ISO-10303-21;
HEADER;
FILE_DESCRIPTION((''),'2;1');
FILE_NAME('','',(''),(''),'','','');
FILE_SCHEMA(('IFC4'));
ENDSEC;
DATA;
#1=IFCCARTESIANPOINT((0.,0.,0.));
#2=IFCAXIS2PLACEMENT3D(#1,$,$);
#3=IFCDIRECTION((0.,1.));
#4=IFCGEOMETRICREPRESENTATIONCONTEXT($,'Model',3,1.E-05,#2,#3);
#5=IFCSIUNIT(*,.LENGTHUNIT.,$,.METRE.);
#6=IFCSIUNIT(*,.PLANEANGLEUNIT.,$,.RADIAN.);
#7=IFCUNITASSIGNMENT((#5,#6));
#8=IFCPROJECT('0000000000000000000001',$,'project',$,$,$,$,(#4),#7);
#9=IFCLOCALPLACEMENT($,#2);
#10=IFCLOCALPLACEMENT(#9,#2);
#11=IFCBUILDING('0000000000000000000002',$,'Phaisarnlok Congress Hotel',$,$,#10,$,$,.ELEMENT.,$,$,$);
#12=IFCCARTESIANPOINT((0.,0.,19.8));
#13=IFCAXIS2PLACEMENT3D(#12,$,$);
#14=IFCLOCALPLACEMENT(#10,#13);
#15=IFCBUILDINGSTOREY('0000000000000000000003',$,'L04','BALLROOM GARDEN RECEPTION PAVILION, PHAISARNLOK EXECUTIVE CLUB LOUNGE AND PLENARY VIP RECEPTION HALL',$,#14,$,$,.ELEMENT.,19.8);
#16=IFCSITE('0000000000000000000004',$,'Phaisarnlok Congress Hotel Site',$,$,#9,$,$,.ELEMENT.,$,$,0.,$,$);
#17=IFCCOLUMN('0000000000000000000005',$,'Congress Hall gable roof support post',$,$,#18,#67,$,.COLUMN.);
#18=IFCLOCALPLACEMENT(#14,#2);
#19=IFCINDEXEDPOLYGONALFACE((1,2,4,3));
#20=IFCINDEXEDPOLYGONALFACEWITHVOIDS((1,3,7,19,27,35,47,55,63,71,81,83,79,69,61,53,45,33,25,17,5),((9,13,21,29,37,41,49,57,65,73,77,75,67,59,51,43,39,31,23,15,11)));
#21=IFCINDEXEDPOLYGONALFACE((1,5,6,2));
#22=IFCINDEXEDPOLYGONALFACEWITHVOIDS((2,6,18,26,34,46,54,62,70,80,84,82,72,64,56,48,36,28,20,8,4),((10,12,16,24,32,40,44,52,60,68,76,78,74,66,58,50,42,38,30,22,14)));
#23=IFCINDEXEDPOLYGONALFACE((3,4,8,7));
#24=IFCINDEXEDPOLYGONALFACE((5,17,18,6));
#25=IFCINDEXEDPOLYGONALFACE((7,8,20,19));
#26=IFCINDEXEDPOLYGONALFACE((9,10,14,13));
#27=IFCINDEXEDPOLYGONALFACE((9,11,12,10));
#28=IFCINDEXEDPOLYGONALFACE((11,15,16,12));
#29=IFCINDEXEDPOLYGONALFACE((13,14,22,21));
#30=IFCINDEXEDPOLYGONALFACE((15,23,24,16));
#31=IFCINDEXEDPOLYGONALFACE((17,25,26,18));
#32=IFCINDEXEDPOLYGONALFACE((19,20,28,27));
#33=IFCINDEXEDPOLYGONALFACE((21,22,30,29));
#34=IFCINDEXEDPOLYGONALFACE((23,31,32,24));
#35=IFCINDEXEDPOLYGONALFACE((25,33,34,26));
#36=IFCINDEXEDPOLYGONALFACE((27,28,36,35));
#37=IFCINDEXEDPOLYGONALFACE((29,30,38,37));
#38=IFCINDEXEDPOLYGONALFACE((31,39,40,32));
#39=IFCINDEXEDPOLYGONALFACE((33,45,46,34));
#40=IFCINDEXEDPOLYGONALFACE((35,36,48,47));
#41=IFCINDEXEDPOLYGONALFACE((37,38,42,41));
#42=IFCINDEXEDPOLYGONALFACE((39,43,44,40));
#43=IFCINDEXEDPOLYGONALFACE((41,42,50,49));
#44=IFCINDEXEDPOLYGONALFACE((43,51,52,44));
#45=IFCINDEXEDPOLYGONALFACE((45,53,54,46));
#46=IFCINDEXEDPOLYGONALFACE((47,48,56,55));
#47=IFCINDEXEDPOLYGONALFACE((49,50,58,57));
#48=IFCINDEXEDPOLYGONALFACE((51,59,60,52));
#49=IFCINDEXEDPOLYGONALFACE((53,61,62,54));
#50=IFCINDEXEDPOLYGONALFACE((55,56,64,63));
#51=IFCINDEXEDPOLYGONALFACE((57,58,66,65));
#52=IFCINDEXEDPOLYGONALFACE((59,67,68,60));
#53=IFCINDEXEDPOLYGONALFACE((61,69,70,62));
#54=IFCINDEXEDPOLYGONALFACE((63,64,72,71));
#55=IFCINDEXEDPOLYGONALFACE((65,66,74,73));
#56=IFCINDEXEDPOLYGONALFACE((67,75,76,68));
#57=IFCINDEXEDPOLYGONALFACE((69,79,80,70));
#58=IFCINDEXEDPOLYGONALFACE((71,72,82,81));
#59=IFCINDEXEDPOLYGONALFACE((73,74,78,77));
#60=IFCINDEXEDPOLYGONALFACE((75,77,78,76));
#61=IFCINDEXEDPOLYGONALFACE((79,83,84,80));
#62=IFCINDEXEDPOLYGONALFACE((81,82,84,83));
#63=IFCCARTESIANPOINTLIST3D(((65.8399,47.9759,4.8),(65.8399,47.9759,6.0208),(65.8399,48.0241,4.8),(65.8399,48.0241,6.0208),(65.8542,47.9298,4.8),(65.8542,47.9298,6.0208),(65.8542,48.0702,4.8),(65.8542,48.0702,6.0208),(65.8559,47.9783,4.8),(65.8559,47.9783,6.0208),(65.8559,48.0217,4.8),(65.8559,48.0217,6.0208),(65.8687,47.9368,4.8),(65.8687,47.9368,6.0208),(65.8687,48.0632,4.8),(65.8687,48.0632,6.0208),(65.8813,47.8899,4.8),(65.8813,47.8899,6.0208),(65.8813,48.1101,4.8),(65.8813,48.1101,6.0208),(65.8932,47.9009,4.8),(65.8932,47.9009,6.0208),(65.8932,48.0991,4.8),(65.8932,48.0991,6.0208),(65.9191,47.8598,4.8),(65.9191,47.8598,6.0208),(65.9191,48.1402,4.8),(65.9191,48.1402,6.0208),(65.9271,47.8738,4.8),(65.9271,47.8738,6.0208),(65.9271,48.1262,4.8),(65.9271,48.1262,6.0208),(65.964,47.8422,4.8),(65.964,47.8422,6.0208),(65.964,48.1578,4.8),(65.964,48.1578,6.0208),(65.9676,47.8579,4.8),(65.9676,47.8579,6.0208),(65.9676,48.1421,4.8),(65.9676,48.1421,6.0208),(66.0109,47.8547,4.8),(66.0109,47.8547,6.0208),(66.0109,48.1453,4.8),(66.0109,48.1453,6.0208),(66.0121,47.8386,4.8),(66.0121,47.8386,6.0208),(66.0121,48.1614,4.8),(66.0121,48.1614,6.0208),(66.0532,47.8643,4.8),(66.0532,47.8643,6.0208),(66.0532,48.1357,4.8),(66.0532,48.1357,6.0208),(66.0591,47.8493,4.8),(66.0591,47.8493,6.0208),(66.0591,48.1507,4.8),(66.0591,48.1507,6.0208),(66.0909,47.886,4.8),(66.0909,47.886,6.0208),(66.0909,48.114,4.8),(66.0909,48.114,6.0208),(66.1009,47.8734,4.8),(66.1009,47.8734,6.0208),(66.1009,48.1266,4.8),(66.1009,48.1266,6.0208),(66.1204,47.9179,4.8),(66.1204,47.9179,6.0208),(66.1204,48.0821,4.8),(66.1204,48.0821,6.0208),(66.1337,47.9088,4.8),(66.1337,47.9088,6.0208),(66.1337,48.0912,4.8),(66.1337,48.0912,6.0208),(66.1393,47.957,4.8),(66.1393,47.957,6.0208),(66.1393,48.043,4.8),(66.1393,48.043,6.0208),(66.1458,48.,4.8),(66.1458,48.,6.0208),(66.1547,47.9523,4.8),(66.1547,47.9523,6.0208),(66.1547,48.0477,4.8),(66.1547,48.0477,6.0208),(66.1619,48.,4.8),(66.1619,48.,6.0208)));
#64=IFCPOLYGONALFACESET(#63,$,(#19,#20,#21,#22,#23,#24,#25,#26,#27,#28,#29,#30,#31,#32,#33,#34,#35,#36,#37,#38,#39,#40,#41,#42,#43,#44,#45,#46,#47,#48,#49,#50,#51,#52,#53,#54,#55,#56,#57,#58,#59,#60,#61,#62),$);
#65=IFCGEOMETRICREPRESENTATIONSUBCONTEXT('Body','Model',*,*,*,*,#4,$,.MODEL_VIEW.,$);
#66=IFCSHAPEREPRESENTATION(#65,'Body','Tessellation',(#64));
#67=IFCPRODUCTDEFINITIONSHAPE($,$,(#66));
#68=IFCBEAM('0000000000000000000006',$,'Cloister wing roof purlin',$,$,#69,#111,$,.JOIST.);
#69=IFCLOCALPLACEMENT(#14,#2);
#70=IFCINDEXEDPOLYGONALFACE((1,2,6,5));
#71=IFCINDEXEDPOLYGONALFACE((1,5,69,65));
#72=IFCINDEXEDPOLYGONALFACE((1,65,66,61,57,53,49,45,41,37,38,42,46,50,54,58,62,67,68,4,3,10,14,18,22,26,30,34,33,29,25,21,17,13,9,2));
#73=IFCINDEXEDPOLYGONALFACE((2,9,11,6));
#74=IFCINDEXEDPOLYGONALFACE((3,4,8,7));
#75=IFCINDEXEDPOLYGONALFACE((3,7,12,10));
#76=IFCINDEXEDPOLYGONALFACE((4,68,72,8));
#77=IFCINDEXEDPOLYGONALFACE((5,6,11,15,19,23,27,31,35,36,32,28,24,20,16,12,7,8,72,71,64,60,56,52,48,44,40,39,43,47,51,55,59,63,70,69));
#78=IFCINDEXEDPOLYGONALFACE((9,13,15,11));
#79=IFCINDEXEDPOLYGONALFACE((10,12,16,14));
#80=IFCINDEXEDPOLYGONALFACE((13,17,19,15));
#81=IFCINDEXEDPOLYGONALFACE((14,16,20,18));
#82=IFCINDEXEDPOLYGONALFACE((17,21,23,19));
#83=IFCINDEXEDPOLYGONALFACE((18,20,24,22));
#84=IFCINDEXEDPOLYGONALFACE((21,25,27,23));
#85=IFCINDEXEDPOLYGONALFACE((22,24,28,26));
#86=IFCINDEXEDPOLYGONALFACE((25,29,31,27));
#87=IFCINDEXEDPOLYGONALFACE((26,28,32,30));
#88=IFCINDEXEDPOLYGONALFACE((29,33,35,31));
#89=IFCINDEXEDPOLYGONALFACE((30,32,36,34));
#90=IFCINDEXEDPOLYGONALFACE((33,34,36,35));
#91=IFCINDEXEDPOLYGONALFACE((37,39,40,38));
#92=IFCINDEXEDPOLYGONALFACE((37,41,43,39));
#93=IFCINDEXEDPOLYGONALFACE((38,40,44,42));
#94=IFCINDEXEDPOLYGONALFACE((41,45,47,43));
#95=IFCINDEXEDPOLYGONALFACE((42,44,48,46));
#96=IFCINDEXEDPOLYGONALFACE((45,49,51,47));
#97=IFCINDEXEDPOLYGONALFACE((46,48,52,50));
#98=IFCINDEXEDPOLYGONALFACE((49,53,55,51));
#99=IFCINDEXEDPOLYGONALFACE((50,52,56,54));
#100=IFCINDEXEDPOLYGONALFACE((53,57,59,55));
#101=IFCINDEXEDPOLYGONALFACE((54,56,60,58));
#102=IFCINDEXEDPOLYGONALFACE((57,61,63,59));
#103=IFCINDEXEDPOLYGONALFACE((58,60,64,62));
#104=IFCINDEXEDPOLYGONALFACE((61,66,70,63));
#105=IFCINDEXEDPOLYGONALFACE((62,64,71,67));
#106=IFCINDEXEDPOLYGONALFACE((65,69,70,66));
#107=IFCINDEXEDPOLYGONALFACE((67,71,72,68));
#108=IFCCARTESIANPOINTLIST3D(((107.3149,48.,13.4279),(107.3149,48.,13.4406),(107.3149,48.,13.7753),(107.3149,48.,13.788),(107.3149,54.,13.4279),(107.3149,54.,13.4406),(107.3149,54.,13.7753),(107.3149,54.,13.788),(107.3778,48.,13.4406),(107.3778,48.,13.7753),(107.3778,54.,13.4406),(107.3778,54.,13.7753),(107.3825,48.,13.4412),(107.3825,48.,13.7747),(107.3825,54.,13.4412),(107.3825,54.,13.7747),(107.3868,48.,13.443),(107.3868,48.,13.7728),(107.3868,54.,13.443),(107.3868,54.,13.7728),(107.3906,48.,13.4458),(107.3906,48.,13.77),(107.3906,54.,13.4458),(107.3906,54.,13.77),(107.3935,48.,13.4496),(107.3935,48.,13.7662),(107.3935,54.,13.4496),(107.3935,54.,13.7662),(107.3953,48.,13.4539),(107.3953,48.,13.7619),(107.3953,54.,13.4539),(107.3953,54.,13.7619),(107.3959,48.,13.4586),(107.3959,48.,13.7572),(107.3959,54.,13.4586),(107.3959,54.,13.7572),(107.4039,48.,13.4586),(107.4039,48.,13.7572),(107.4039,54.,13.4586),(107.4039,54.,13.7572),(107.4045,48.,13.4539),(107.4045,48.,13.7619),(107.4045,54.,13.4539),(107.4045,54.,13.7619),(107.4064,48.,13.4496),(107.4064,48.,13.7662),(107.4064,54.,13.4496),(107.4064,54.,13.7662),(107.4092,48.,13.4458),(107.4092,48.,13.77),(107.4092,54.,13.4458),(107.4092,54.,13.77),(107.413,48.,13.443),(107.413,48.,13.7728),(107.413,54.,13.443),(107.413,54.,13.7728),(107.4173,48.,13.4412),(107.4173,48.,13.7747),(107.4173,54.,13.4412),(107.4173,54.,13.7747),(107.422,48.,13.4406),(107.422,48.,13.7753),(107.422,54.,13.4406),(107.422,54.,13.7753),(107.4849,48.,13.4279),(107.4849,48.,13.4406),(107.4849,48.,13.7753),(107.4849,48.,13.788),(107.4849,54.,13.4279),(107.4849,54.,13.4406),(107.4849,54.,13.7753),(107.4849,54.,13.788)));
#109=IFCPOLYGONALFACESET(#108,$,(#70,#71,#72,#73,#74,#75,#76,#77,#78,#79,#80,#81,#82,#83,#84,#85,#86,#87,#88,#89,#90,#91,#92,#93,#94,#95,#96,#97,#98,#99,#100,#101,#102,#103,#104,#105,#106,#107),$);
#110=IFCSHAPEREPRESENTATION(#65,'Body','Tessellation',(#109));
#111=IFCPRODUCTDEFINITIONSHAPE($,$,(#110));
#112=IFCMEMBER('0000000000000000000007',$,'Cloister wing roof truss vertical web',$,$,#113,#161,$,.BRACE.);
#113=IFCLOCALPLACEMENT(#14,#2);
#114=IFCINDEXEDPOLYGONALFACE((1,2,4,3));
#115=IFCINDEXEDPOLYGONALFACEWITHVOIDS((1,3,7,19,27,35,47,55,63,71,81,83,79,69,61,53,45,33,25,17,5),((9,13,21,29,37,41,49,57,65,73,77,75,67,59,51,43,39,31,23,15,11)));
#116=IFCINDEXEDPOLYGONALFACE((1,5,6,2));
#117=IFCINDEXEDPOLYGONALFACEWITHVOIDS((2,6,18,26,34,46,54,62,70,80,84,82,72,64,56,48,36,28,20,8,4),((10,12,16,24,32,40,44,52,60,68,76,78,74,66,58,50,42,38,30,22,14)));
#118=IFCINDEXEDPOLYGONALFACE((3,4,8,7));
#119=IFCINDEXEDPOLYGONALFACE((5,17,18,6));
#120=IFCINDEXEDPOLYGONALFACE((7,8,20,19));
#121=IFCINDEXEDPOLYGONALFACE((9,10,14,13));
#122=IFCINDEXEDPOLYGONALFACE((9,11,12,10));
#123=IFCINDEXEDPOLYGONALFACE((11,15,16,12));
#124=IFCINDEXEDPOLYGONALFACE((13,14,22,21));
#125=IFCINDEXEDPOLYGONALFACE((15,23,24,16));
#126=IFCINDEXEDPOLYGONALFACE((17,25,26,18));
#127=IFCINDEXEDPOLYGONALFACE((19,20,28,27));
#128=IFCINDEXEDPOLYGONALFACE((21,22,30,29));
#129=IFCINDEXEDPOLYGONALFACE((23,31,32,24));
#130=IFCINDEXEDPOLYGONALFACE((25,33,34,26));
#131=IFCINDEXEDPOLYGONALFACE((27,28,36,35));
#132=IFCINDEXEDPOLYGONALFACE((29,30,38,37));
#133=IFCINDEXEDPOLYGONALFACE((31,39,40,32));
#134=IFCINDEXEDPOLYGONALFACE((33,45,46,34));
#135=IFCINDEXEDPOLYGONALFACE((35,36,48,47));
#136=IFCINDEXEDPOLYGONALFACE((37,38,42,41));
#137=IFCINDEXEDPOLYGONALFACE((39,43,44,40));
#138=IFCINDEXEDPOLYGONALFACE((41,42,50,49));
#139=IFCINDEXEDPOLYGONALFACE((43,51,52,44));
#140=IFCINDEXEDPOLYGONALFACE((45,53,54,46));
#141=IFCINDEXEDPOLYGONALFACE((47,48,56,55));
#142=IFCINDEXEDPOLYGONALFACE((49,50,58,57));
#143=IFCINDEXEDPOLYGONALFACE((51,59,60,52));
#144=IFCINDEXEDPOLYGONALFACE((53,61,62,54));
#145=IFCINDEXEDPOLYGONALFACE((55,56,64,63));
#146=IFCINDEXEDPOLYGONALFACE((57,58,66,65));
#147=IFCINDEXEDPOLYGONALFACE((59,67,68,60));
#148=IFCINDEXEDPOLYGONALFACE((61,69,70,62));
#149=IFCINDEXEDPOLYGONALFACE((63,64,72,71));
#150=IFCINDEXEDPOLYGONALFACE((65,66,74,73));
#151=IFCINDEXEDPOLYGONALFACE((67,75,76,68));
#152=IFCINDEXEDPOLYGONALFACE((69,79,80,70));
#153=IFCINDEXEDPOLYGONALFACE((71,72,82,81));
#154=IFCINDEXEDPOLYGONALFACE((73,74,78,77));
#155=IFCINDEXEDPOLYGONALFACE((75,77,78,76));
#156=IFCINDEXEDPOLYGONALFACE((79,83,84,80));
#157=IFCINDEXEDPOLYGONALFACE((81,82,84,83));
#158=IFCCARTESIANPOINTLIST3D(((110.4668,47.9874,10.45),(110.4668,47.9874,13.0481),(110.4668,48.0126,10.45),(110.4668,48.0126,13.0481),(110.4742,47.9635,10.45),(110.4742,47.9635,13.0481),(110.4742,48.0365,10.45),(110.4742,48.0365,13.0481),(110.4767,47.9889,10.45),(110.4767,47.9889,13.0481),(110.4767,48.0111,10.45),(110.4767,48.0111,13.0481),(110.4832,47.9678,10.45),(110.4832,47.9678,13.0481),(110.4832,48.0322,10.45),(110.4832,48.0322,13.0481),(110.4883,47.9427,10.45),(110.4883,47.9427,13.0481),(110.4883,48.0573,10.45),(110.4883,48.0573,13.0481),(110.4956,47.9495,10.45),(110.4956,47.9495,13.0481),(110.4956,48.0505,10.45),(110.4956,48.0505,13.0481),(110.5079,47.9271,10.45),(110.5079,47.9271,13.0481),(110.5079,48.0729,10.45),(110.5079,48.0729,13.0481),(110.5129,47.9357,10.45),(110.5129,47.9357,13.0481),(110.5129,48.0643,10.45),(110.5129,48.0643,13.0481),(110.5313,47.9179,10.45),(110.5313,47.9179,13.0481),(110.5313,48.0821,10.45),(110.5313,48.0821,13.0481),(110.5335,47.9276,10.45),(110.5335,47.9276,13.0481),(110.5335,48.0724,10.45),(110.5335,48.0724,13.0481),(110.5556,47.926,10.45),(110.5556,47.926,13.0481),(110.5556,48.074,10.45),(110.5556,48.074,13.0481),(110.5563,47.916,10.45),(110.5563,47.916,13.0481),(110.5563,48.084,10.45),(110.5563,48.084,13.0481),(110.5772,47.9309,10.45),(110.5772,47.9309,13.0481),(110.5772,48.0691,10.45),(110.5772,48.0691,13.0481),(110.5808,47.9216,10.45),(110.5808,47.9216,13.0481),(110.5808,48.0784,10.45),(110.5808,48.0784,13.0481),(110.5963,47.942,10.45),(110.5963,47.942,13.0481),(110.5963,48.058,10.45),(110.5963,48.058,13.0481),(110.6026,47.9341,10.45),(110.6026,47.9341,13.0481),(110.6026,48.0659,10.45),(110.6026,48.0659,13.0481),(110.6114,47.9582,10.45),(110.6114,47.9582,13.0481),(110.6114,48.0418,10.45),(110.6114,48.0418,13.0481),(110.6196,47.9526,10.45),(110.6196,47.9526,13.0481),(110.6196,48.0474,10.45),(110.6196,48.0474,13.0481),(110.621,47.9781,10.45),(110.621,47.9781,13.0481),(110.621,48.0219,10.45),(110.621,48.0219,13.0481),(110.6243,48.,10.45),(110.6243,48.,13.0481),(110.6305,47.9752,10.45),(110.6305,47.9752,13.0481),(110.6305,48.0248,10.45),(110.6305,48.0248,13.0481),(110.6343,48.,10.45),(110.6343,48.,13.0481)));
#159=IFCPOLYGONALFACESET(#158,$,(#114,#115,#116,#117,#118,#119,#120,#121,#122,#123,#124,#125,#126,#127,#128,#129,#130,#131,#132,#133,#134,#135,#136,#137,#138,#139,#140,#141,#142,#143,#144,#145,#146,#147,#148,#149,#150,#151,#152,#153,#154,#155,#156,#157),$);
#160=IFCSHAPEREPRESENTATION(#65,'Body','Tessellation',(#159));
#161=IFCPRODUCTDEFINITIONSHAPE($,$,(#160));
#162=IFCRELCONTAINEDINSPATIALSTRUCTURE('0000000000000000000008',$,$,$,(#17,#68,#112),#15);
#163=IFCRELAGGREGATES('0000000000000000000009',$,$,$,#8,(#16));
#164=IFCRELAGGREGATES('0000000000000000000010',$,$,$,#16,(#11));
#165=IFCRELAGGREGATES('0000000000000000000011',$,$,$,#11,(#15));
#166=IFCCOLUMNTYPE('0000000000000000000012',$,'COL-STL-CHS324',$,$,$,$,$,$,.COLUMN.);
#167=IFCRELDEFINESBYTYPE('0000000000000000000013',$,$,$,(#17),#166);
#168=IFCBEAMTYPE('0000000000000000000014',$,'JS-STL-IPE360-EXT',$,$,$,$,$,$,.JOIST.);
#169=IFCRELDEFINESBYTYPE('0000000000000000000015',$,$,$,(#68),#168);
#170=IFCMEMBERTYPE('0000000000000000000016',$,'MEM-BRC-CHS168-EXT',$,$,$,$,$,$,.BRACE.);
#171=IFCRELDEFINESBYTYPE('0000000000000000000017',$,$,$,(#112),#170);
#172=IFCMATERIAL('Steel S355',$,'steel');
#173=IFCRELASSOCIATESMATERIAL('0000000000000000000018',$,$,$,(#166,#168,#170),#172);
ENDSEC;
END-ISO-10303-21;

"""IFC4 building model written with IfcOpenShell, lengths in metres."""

from ifc_helpers import new_model, si_unit, direction, frame, origin, origin_2d, place, context, subcontext, project, spatial, hollow_circle, i_section, extrude, material, material_profile, profile_set, type_object, element, save


model = new_model("IFC4")

# Units and contexts
model_context = context("Model", 3, precision=1e-05, world=origin(), true_north=direction((0.0, 1.0)))
body_context = subcontext(model_context, "Body", "Model", "MODEL_VIEW")
ifc_project = project(units=[si_unit("LENGTHUNIT", "METRE"), si_unit("PLANEANGLEUNIT", "RADIAN")], contexts=[model_context])

# Site, building, storey
site_placement = place(None, origin())
site = spatial("IfcSite", under=ifc_project, at=site_placement, Name="Phaisarnlok Congress Hotel Site", CompositionType="ELEMENT", RefElevation=0.0)
building_placement = place(site_placement, origin())
building = spatial("IfcBuilding", under=site, at=building_placement, Name="Phaisarnlok Congress Hotel", CompositionType="ELEMENT")
storey_placement = place(building_placement, frame((0.0, 0.0, 19.8)))
storey = spatial("IfcBuildingStorey", under=building, at=storey_placement, Name="L04", Description="BALLROOM GARDEN RECEPTION PAVILION, PHAISARNLOK EXECUTIVE CLUB LOUNGE AND PLENARY VIP RECEPTION HALL", CompositionType="ELEMENT", Elevation=19.8)

# Column
ifc_material_1 = material(Name="Steel S355", Category="steel")
ifc_material_profile_1 = material_profile(ifc_material_1, hollow_circle(Radius=0.1619, WallThickness=0.0161, at=origin_2d()), Name="CHS 323.9x16")
ifc_profile_set_1 = profile_set([ifc_material_profile_1], Name="Steel S355")
column_type = type_object("IfcColumnType", Name="COL-STL-CHS324", PredefinedType="COLUMN", material=ifc_profile_set_1)
column_placement = place(storey_placement, frame((66.0, 48.0, 4.8), z_axis=(0.0, 0.0, 1.0), x_axis=(1.0, 0.0, 0.0)))
element("IfcColumn", 1, at=column_placement, inside=storey, type_object=column_type, Name="Congress Hall gable roof support post", PredefinedType="COLUMN", context=body_context, shape_type="SweptSolid", body=[
    extrude(hollow_circle(Radius=0.1619, WallThickness=0.0161, at=origin_2d()), origin(), (0.0, 0.0, 1.0), 1.2207),
])

# Beam
ifc_material_profile_2 = material_profile(ifc_material_1, i_section(OverallWidth=0.1699, OverallDepth=0.3601, WebThickness=0.0081, FlangeThickness=0.0127, FilletRadius=0.0181, at=origin_2d()), Name="IPE 360")
ifc_profile_set_2 = profile_set([ifc_material_profile_2], Name="Steel S355")
beam_type = type_object("IfcBeamType", Name="JS-STL-IPE360-EXT", PredefinedType="JOIST", material=ifc_profile_set_2)
beam_placement = place(storey_placement, frame((107.3999, 48.0, 13.6079), z_axis=(0.0, 1.0, 0.0), x_axis=(-1.0, 0.0, 0.0)))
element("IfcBeam", 2, at=beam_placement, inside=storey, type_object=beam_type, Name="Cloister wing roof purlin", PredefinedType="JOIST", context=body_context, shape_type="SweptSolid", body=[
    extrude(i_section(OverallWidth=0.1699, OverallDepth=0.3601, WebThickness=0.0081, FlangeThickness=0.0127, FilletRadius=0.0181, at=origin_2d()), origin(), (0.0, 0.0, 1.0), 6.0),
])

# Member
ifc_material_profile_3 = material_profile(ifc_material_1, hollow_circle(Radius=0.0842, WallThickness=0.01, at=origin_2d()), Name="CHS 168.3x10")
ifc_profile_set_3 = profile_set([ifc_material_profile_3], Name="Steel S355")
member_type_1 = type_object("IfcMemberType", Name="MEM-BRC-CHS168-EXT", PredefinedType="BRACE", material=ifc_profile_set_3)
member_1_placement = place(storey_placement, frame((110.55, 48.0, 10.45), z_axis=(0.0, 0.0, 1.0), x_axis=(1.0, 0.0, 0.0)))
element("IfcMember", 3, at=member_1_placement, inside=storey, type_object=member_type_1, Name="Cloister wing roof truss vertical web", PredefinedType="BRACE", context=body_context, shape_type="SweptSolid", body=[
    extrude(hollow_circle(Radius=0.0842, WallThickness=0.01, at=origin_2d()), origin(), (0.0, 0.0, 1.0), 2.5981),
])

save(model, "model.ifc")
